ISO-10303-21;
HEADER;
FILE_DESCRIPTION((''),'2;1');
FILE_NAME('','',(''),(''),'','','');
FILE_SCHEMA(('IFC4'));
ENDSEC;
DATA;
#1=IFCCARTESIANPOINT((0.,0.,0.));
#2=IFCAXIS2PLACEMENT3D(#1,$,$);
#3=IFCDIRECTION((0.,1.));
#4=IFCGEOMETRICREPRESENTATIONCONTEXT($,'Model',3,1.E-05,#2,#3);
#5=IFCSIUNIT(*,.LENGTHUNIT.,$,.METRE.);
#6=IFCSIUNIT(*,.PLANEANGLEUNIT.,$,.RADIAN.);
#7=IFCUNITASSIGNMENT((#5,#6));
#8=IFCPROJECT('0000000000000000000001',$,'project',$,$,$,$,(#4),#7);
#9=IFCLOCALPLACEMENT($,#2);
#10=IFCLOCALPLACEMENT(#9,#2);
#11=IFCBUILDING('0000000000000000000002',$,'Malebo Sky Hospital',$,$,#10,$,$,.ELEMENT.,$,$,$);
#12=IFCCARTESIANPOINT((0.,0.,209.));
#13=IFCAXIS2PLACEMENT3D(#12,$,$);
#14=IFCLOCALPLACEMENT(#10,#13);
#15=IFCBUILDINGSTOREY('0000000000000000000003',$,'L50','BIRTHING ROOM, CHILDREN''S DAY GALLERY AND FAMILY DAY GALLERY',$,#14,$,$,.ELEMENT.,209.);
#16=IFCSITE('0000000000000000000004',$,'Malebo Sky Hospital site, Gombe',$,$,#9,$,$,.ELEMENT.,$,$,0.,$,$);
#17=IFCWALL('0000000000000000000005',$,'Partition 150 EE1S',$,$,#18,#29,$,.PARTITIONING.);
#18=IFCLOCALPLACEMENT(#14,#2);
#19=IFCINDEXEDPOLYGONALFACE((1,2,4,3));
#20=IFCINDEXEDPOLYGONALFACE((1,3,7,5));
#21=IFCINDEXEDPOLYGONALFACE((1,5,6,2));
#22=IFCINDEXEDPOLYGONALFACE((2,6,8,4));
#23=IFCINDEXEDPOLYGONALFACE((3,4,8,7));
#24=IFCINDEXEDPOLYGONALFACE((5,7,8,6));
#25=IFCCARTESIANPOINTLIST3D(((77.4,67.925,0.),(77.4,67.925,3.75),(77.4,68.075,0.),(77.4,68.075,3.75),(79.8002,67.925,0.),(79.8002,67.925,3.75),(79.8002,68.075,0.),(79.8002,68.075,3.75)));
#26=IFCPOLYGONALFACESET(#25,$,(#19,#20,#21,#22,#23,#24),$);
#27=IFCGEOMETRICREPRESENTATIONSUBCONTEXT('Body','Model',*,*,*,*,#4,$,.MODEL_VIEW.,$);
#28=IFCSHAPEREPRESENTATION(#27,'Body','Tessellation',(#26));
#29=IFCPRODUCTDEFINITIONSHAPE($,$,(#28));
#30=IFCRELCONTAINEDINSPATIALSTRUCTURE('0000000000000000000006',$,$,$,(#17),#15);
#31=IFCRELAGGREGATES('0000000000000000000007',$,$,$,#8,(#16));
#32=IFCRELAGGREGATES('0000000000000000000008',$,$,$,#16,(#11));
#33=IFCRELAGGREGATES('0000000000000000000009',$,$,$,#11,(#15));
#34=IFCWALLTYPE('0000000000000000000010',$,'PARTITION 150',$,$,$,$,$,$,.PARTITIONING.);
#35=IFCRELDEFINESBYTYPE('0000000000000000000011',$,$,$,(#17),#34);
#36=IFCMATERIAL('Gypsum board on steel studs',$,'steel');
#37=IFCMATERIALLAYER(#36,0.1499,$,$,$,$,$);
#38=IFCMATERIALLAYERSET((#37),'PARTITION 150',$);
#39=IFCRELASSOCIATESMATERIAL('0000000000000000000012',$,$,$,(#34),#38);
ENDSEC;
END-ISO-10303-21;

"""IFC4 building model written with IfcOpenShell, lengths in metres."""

from ifc_helpers import new_model, si_unit, direction, frame, frame_2d, origin, place, context, subcontext, project, spatial, rectangle, extrude, material, layer, layer_set, type_object, element, save


model = new_model("IFC4")

# Units and contexts
model_context = context("Model", 3, precision=1e-05, world=origin(), true_north=direction((0.0, 1.0)))
body_context = subcontext(model_context, "Body", "Model", "MODEL_VIEW")
ifc_project = project(units=[si_unit("LENGTHUNIT", "METRE"), si_unit("PLANEANGLEUNIT", "RADIAN")], contexts=[model_context])

# Site, building, storey
site_placement = place(None, origin())
site = spatial("IfcSite", under=ifc_project, at=site_placement, Name="Malebo Sky Hospital site, Gombe", CompositionType="ELEMENT", RefElevation=0.0)
building_placement = place(site_placement, origin())
building = spatial("IfcBuilding", under=site, at=building_placement, Name="Malebo Sky Hospital", CompositionType="ELEMENT")
storey_placement = place(building_placement, frame((0.0, 0.0, 209.0)))
storey = spatial("IfcBuildingStorey", under=building, at=storey_placement, Name="L50", Description="BIRTHING ROOM, CHILDREN'S DAY GALLERY AND FAMILY DAY GALLERY", CompositionType="ELEMENT", Elevation=209.0)

# Shared definitions
ifc_material_1 = material(Name="Gypsum board on steel studs", Category="steel")

# Shared definitions
ifc_layer_1 = layer(ifc_material_1, 0.1499)
ifc_layer_set_1 = layer_set([ifc_layer_1], Name="PARTITION 150")
wall_type_1 = type_object("IfcWallType", Name="PARTITION 150", PredefinedType="PARTITIONING", material=ifc_layer_set_1)

# Wall
wall_1_placement = place(storey_placement, frame((77.3999, 68.0, 0.0), z_axis=(0.0, 0.0, 1.0), x_axis=(1.0, 0.0, 0.0)))
element("IfcWall", 1, at=wall_1_placement, inside=storey, type_object=wall_type_1, Name="Partition 150 EE1S", PredefinedType="PARTITIONING", context=body_context, shape_type="SweptSolid", body=[
    extrude(rectangle(XDim=2.4001, YDim=0.1499, at=frame_2d((1.2002, 0.0))), origin(), (0.0, 0.0, 1.0), 3.75),
])

save(model, "model.ifc")
